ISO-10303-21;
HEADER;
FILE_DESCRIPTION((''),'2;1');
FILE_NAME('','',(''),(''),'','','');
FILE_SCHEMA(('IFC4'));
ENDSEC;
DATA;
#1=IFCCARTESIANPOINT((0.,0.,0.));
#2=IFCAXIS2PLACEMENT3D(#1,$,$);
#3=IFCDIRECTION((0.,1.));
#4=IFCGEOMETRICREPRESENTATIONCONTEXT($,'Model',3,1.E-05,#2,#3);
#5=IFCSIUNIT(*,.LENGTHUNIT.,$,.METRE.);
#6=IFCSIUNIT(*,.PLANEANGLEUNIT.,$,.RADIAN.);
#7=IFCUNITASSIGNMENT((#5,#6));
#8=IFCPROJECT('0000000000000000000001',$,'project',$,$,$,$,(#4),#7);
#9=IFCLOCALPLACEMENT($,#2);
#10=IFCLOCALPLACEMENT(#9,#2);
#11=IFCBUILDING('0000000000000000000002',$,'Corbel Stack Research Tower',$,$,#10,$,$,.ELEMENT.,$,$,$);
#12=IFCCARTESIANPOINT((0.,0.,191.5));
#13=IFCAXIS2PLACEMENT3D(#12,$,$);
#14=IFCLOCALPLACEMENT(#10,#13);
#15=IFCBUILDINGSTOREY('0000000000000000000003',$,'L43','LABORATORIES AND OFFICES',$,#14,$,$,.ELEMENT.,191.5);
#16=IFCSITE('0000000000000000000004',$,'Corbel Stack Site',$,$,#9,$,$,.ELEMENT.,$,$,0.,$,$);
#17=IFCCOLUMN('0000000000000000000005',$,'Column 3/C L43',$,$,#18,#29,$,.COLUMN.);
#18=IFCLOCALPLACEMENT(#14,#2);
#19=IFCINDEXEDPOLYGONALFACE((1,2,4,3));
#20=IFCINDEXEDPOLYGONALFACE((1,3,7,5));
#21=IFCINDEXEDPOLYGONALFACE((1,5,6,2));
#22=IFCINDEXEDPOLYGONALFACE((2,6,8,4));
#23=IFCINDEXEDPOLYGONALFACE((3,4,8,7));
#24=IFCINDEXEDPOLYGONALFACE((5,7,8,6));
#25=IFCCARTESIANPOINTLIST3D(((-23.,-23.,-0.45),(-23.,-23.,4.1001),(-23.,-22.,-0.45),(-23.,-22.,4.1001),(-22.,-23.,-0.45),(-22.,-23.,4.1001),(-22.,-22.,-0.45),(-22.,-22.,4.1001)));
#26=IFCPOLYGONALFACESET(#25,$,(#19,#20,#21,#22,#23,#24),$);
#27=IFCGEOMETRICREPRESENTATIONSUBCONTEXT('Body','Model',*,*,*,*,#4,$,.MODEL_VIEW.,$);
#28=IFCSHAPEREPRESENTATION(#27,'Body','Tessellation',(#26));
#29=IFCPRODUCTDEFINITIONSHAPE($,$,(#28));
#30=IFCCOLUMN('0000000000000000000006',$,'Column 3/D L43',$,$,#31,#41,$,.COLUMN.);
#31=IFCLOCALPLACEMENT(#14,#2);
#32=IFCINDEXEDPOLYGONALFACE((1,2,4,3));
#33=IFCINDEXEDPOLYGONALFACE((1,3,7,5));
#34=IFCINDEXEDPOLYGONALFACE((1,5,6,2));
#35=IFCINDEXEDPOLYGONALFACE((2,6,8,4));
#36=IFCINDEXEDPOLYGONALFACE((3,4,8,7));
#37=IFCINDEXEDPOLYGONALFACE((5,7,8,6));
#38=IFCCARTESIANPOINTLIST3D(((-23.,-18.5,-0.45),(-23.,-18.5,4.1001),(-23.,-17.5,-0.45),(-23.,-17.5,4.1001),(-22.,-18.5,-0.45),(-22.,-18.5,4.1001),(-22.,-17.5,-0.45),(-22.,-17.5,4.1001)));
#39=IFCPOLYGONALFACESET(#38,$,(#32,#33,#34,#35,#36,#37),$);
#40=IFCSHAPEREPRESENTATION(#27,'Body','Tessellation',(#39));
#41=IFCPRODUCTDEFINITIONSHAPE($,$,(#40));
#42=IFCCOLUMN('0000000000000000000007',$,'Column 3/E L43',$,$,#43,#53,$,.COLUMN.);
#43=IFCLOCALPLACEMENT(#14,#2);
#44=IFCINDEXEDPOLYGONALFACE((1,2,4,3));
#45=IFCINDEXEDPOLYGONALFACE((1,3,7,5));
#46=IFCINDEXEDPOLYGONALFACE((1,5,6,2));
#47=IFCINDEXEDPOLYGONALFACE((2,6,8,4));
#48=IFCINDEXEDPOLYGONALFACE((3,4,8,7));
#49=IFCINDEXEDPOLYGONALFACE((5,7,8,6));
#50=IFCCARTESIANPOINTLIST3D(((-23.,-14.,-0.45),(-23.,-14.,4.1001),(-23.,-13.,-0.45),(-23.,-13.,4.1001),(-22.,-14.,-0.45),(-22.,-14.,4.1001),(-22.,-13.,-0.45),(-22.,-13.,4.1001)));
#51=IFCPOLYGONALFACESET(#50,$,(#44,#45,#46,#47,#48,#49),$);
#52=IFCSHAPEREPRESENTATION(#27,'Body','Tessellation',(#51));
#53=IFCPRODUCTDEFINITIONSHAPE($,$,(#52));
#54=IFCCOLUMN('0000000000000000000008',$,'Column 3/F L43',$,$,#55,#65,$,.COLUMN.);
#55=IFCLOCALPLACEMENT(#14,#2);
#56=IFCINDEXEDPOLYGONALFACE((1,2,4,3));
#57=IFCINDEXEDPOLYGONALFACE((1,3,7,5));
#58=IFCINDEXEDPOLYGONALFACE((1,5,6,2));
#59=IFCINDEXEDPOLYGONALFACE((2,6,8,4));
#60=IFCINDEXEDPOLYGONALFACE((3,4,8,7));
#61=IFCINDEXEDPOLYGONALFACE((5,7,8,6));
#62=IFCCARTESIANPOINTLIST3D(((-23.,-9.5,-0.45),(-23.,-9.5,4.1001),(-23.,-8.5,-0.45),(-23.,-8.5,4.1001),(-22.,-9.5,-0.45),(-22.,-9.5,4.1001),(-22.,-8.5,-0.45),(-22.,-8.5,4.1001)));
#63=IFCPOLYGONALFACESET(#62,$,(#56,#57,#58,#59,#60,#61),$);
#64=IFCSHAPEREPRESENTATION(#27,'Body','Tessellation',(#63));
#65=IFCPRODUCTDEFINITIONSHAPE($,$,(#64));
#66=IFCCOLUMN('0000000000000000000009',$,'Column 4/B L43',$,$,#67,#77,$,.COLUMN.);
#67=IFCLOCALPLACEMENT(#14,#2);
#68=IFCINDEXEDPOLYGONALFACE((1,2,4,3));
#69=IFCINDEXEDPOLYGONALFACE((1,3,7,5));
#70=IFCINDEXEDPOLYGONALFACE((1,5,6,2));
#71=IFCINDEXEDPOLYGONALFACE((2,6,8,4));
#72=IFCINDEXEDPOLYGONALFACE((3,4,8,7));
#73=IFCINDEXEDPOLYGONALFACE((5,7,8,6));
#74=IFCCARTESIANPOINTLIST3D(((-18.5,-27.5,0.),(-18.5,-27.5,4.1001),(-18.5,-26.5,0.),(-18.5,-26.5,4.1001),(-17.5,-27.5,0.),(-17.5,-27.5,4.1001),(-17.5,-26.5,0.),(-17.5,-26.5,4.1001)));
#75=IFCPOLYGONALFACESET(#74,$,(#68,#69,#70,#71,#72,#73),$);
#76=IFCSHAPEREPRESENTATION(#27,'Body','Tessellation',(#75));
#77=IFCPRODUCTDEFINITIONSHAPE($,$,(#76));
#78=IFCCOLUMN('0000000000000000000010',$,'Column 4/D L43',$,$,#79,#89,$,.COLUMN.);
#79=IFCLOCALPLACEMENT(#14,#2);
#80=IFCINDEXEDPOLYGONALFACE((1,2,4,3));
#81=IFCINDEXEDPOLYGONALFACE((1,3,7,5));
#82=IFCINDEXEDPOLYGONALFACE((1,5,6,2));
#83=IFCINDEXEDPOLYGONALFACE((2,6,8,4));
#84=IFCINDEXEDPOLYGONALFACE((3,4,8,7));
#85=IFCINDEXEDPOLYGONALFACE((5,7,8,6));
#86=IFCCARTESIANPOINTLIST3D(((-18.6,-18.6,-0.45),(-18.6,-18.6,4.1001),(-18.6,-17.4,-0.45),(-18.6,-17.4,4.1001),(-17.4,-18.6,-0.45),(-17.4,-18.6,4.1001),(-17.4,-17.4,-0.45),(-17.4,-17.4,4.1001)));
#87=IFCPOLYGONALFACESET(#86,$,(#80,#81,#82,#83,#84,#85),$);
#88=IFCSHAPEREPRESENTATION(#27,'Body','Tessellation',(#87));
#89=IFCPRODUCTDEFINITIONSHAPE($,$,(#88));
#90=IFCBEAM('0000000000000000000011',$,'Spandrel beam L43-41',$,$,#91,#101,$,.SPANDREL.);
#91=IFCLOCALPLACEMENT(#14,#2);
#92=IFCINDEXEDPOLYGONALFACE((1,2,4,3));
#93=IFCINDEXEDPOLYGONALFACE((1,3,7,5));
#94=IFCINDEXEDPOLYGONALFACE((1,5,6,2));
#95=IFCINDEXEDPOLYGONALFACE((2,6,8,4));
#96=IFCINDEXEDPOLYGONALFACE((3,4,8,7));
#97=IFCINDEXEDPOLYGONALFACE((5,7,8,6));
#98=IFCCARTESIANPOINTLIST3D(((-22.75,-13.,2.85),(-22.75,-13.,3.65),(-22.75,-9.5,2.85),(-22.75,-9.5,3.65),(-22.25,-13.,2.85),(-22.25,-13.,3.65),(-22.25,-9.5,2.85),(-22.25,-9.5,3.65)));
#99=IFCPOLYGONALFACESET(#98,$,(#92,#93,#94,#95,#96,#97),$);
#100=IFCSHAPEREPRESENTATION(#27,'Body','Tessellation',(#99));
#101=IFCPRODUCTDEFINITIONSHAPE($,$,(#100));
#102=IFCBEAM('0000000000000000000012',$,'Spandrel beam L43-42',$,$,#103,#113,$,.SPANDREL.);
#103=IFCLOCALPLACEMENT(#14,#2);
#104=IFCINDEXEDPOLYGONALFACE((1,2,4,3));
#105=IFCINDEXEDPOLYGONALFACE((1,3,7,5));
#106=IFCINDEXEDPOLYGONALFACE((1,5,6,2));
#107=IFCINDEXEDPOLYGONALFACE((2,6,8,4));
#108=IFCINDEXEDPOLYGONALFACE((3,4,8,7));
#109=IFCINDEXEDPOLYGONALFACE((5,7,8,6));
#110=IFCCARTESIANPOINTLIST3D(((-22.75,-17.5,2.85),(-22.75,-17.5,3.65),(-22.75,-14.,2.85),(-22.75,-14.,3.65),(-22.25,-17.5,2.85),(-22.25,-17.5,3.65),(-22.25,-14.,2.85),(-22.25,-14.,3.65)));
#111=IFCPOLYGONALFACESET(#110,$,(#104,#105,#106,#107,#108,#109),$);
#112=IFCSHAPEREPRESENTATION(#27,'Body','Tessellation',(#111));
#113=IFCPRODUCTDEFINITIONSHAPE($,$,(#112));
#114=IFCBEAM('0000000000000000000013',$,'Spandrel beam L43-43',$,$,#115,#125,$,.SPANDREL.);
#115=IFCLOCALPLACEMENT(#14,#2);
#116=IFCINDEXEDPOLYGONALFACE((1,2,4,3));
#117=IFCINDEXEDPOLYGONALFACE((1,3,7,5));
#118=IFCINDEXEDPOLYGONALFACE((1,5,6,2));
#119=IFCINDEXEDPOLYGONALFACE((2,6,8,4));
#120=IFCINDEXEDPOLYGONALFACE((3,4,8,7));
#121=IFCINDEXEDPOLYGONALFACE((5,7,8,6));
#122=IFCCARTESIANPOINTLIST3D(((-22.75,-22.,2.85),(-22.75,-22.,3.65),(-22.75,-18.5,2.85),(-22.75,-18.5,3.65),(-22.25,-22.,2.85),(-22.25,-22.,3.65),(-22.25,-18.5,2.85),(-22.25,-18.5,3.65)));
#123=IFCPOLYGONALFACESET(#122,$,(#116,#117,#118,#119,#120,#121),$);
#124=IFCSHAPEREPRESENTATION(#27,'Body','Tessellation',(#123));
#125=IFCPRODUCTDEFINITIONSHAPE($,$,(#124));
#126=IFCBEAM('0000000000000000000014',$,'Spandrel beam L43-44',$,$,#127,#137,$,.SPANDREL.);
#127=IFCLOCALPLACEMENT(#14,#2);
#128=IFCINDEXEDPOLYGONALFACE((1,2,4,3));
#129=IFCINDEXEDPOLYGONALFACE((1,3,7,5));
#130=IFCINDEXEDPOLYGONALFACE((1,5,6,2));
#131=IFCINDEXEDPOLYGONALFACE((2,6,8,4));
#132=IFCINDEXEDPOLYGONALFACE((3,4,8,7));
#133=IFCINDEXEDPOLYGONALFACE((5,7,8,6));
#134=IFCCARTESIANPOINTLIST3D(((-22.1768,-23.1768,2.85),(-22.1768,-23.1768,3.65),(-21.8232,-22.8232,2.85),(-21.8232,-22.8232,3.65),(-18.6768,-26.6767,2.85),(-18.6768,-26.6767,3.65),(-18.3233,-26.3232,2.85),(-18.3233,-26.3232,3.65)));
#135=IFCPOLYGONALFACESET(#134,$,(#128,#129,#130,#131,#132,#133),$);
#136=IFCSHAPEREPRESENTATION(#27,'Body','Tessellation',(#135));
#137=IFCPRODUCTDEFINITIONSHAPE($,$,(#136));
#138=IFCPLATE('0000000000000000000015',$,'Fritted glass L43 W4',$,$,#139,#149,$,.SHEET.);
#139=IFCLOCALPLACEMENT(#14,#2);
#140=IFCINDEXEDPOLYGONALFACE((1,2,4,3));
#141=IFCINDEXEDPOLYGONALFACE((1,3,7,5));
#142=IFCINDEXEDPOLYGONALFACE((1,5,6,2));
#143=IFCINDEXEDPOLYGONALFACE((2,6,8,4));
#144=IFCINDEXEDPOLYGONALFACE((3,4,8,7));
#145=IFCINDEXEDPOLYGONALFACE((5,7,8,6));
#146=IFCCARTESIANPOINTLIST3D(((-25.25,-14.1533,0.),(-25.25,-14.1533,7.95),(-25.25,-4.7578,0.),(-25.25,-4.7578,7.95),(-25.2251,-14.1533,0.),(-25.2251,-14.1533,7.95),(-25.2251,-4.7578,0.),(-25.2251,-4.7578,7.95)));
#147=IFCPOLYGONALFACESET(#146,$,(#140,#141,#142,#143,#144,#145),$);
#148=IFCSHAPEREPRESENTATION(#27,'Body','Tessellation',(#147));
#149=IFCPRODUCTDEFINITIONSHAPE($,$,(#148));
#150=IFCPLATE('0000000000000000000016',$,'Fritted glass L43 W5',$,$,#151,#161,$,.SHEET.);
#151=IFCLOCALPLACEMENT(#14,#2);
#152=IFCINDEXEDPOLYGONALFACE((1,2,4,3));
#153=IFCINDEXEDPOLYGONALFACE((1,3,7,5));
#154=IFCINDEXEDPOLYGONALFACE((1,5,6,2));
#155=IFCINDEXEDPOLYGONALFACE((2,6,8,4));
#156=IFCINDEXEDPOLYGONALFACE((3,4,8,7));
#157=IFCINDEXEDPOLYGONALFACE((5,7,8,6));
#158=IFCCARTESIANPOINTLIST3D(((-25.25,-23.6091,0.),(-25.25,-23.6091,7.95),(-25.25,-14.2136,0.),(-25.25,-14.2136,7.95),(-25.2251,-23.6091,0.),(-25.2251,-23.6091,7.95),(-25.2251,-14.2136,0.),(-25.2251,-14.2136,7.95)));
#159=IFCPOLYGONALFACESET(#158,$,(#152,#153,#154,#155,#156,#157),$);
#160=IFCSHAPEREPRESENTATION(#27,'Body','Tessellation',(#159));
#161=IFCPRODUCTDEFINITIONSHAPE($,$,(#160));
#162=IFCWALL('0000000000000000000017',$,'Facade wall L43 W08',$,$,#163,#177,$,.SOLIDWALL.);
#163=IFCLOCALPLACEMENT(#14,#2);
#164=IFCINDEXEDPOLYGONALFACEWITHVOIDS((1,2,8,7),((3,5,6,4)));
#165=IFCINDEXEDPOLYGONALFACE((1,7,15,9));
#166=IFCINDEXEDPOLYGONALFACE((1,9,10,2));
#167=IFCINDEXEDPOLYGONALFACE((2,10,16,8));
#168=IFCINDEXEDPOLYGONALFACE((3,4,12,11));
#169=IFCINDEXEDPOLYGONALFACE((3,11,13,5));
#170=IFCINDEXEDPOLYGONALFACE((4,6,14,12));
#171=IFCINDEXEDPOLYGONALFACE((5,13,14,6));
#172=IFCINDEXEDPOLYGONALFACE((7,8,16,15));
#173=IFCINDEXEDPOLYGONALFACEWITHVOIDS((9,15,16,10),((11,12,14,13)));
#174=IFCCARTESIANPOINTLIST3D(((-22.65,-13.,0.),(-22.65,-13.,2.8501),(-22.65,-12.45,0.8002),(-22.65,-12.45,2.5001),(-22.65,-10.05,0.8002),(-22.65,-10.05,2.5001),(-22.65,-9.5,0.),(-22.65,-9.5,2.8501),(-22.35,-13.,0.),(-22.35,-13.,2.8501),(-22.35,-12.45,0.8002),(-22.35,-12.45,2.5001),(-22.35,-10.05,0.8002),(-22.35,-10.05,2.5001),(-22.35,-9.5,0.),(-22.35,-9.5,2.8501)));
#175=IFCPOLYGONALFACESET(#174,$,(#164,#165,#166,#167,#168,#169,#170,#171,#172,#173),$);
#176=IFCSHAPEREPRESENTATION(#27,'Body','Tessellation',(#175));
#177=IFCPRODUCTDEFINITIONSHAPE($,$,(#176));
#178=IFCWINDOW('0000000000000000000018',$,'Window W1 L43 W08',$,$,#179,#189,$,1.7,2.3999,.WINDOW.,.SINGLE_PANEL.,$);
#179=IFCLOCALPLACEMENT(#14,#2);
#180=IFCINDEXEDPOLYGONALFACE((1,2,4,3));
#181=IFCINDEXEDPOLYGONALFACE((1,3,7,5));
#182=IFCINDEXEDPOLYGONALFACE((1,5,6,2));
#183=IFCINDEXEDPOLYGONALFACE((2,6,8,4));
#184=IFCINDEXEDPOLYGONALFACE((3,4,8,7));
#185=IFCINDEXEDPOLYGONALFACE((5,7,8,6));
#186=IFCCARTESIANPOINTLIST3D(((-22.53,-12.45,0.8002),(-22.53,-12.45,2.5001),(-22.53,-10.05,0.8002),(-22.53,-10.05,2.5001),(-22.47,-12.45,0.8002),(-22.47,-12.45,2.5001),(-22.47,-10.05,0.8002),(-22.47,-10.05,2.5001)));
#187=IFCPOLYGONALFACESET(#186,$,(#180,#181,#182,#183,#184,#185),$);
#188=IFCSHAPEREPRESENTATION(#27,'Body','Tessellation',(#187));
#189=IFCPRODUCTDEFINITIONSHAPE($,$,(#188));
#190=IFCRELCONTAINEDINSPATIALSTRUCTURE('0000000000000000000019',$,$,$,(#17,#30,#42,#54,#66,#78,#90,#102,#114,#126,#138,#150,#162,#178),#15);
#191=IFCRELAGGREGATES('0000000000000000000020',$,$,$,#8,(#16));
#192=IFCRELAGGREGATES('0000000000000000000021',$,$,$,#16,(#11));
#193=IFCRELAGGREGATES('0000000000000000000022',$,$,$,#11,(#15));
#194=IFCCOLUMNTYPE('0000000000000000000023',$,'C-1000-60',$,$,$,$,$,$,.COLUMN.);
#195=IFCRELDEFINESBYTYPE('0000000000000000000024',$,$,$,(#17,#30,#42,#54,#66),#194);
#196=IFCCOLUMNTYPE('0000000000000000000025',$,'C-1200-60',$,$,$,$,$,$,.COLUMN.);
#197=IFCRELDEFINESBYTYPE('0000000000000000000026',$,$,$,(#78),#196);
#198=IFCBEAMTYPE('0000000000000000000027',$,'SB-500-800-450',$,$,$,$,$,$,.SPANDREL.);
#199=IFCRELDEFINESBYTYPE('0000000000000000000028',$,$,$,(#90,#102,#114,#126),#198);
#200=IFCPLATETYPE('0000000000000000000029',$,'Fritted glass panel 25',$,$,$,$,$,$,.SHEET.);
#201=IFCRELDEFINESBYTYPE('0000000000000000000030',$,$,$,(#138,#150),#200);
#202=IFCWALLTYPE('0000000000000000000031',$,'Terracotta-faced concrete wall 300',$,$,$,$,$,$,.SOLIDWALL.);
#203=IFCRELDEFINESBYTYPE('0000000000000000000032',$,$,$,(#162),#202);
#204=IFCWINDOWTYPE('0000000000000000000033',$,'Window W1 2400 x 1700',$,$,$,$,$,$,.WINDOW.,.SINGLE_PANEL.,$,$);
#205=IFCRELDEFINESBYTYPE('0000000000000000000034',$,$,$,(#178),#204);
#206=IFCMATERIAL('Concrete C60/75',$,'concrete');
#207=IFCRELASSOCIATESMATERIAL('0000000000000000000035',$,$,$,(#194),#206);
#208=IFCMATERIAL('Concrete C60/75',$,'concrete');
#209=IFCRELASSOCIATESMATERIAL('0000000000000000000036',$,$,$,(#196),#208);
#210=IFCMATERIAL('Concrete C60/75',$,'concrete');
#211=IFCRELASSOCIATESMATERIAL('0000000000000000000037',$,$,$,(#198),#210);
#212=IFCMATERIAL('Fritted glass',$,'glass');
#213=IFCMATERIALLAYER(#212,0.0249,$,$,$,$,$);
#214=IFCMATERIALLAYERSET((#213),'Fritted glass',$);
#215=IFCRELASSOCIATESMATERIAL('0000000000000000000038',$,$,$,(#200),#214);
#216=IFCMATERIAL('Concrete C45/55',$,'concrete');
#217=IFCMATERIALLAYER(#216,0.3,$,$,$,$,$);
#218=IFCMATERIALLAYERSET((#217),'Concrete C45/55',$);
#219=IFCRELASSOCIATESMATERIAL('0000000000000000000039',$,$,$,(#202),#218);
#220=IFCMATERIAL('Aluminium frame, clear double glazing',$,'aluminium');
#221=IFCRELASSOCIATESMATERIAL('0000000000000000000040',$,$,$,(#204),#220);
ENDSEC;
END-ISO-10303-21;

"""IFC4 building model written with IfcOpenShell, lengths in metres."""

from ifc_helpers import new_model, si_unit, direction, frame, frame_2d, origin, origin_2d, place, context, subcontext, project, spatial, rectangle, extrude, material, layer, layer_set, material_profile, profile_set, type_object, element, fill, save


model = new_model("IFC4")

# Units and contexts
model_context = context("Model", 3, precision=1e-05, world=origin(), true_north=direction((0.0, 1.0)))
body_context = subcontext(model_context, "Body", "Model", "MODEL_VIEW")
ifc_project = project(units=[si_unit("LENGTHUNIT", "METRE"), si_unit("PLANEANGLEUNIT", "RADIAN")], contexts=[model_context])

# Site, building, storey
site_placement = place(None, origin())
site = spatial("IfcSite", under=ifc_project, at=site_placement, Name="Corbel Stack Site", CompositionType="ELEMENT", RefElevation=0.0)
building_placement = place(site_placement, origin())
building = spatial("IfcBuilding", under=site, at=building_placement, Name="Corbel Stack Research Tower", CompositionType="ELEMENT")
storey_placement = place(building_placement, frame((0.0, 0.0, 191.5)))
storey = spatial("IfcBuildingStorey", under=building, at=storey_placement, Name="L43", Description="LABORATORIES AND OFFICES", CompositionType="ELEMENT", Elevation=191.5)

# Columns
ifc_material_1 = material(Name="Concrete C60/75", Category="concrete")
ifc_material_profile_1 = material_profile(ifc_material_1, rectangle(XDim=1.0, YDim=1.0, at=origin_2d()), Name="RC 1000 x 1000")
ifc_profile_set_1 = profile_set([ifc_material_profile_1], Name="Concrete C60/75")
column_type_1 = type_object("IfcColumnType", Name="C-1000-60", PredefinedType="COLUMN", material=ifc_profile_set_1)
for number, where, z_axis, x_axis, name in (
    (1, (-22.5, -22.5, -0.45), (0.0, 0.0, 1.0), (1.0, 0.0, 0.0), "Column 3/C L43"),
    (2, (-22.5, -18.0, -0.45), (0.0, 0.0, 1.0), (1.0, 0.0, 0.0), "Column 3/D L43"),
    (3, (-22.5, -13.5, -0.45), (0.0, 0.0, 1.0), (1.0, 0.0, 0.0), "Column 3/E L43"),
    (4, (-22.5, -9.0, -0.45), (0.0, 0.0, 1.0), (1.0, 0.0, 0.0), "Column 3/F L43"),
):
    element("IfcColumn", number, at=place(storey_placement, frame(where, z_axis=z_axis, x_axis=x_axis)), inside=storey, type_object=column_type_1, Name=name, PredefinedType="COLUMN", context=body_context, shape_type="SweptSolid", body=[
        extrude(rectangle(XDim=1.0, YDim=1.0, at=origin_2d()), origin(), (0.0, 0.0, 1.0), 4.55),
    ])
column_1_placement = place(storey_placement, frame((-18.0, -27.0, 0.0), z_axis=(0.0, 0.0, 1.0), x_axis=(1.0, 0.0, 0.0)))
element("IfcColumn", 5, at=column_1_placement, inside=storey, type_object=column_type_1, Name="Column 4/B L43", PredefinedType="COLUMN", context=body_context, shape_type="SweptSolid", body=[
    extrude(rectangle(XDim=1.0, YDim=1.0, at=origin_2d()), origin(), (0.0, 0.0, 1.0), 4.1001),
])
ifc_material_2 = material(Name="Concrete C60/75", Category="concrete")
ifc_material_profile_2 = material_profile(ifc_material_2, rectangle(XDim=1.2, YDim=1.2, at=origin_2d()), Name="RC 1200 x 1200")
ifc_profile_set_2 = profile_set([ifc_material_profile_2], Name="Concrete C60/75")
column_type_2 = type_object("IfcColumnType", Name="C-1200-60", PredefinedType="COLUMN", material=ifc_profile_set_2)
column_2_placement = place(storey_placement, frame((-18.0, -18.0, -0.45), z_axis=(0.0, 0.0, 1.0), x_axis=(1.0, 0.0, 0.0)))
element("IfcColumn", 6, at=column_2_placement, inside=storey, type_object=column_type_2, Name="Column 4/D L43", PredefinedType="COLUMN", context=body_context, shape_type="SweptSolid", body=[
    extrude(rectangle(XDim=1.2, YDim=1.2, at=origin_2d()), origin(), (0.0, 0.0, 1.0), 4.55),
])

# Beams
ifc_material_3 = material(Name="Concrete C60/75", Category="concrete")
ifc_material_profile_3 = material_profile(ifc_material_3, rectangle(XDim=0.5, YDim=0.8, at=origin_2d()), Name="RC 500 x 800")
ifc_profile_set_3 = profile_set([ifc_material_profile_3], Name="Concrete C60/75")
beam_type = type_object("IfcBeamType", Name="SB-500-800-450", PredefinedType="SPANDREL", material=ifc_profile_set_3)
for number, where, z_axis, x_axis, name in (
    (7, (-22.5, -9.5, 3.25), (0.0, -1.0, 0.0), (1.0, 0.0, 0.0), "Spandrel beam L43-41"),
    (8, (-22.5, -14.0, 3.25), (0.0, -1.0, 0.0), (1.0, 0.0, 0.0), "Spandrel beam L43-42"),
    (9, (-22.5, -18.5, 3.25), (0.0, -1.0, 0.0), (1.0, 0.0, 0.0), "Spandrel beam L43-43"),
):
    element("IfcBeam", number, at=place(storey_placement, frame(where, z_axis=z_axis, x_axis=x_axis)), inside=storey, type_object=beam_type, Name=name, PredefinedType="SPANDREL", context=body_context, shape_type="SweptSolid", body=[
        extrude(rectangle(XDim=0.5, YDim=0.8, at=origin_2d()), origin(), (0.0, 0.0, 1.0), 3.5),
    ])
beam_placement = place(storey_placement, frame((-22.0, -23.0, 3.25), z_axis=(0.707107, -0.707107, 0.0), x_axis=(0.707107, 0.707107, 0.0)))
element("IfcBeam", 10, at=beam_placement, inside=storey, type_object=beam_type, Name="Spandrel beam L43-44", PredefinedType="SPANDREL", context=body_context, shape_type="SweptSolid", body=[
    extrude(rectangle(XDim=0.5, YDim=0.8, at=origin_2d()), origin(), (0.0, 0.0, 1.0), 4.9497),
])

# Plates
ifc_material_4 = material(Name="Fritted glass", Category="glass")
ifc_layer_1 = layer(ifc_material_4, 0.0249)
ifc_layer_set_1 = layer_set([ifc_layer_1], Name="Fritted glass")
plate_type = type_object("IfcPlateType", Name="Fritted glass panel 25", PredefinedType="SHEET", material=ifc_layer_set_1)
for number, where, z_axis, x_axis, name in (
    (11, (-25.2375, -9.4556, 0.0), (0.0, 0.0, 1.0), (0.0, -1.0, 0.0), "Fritted glass L43 W4"),
    (12, (-25.2375, -18.9114, 0.0), (0.0, 0.0, 1.0), (0.0, -1.0, 0.0), "Fritted glass L43 W5"),
):
    element("IfcPlate", number, at=place(storey_placement, frame(where, z_axis=z_axis, x_axis=x_axis)), inside=storey, type_object=plate_type, Name=name, PredefinedType="SHEET", context=body_context, shape_type="SweptSolid", body=[
        extrude(rectangle(XDim=9.3955, YDim=0.0249, at=origin_2d()), origin(), (0.0, 0.0, 1.0), 7.95),
    ])

# Wall, opening, window
ifc_material_5 = material(Name="Concrete C45/55", Category="concrete")
ifc_layer_2 = layer(ifc_material_5, 0.3)
ifc_layer_set_2 = layer_set([ifc_layer_2], Name="Concrete C45/55")
wall_type = type_object("IfcWallType", Name="Terracotta-faced concrete wall 300", PredefinedType="SOLIDWALL", material=ifc_layer_set_2)
wall_1_placement = place(storey_placement, frame((-22.5, -13.0, 0.0), z_axis=(0.0, 0.0, 1.0), x_axis=(0.0, 1.0, 0.0)))
wall_1 = element("IfcWall", 13, at=wall_1_placement, inside=storey, type_object=wall_type, Name="Facade wall L43 W08", PredefinedType="SOLIDWALL", context=body_context, shape_type="SweptSolid", body=[
    extrude(rectangle(XDim=3.5, YDim=0.3, at=frame_2d((1.75, 0.0))), origin(), (0.0, 0.0, 1.0), 2.8501),
])
opening_1_placement = place(wall_1_placement, frame((0.55, 0.0, 0.8)))
opening_1 = element("IfcOpeningElement", 14, at=opening_1_placement, cuts=wall_1, PredefinedType="OPENING", context=body_context, shape_type="SweptSolid", body=[
    extrude(rectangle(XDim=2.3999, YDim=1.7, at=frame_2d((1.2, 0.8501))), frame((0.0, 0.1599, 0.0), z_axis=(0.0, -1.0, 0.0), x_axis=(1.0, 0.0, 0.0)), (0.0, 0.0, 1.0), 0.3201),
])
ifc_material_6 = material(Name="Aluminium frame, clear double glazing", Category="aluminium")
window_type = type_object("IfcWindowType", Name="Window W1 2400 x 1700", PartitioningType="SINGLE_PANEL", PredefinedType="WINDOW", material=ifc_material_6)
window_1_placement = place(opening_1_placement, origin())
window_1 = element("IfcWindow", 15, at=window_1_placement, inside=storey, type_object=window_type, Name="Window W1 L43 W08", OverallHeight=1.7, OverallWidth=2.3999, PartitioningType="SINGLE_PANEL", PredefinedType="WINDOW", context=body_context, shape_type="SweptSolid", body=[
    extrude(rectangle(XDim=2.3999, YDim=1.7, at=frame_2d((1.2, 0.8501))), frame((0.0, 0.03, 0.0), z_axis=(0.0, -1.0, 0.0), x_axis=(1.0, 0.0, 0.0)), (0.0, 0.0, 1.0), 0.0601),
])
fill(opening_1, window_1)

save(model, "model.ifc")
